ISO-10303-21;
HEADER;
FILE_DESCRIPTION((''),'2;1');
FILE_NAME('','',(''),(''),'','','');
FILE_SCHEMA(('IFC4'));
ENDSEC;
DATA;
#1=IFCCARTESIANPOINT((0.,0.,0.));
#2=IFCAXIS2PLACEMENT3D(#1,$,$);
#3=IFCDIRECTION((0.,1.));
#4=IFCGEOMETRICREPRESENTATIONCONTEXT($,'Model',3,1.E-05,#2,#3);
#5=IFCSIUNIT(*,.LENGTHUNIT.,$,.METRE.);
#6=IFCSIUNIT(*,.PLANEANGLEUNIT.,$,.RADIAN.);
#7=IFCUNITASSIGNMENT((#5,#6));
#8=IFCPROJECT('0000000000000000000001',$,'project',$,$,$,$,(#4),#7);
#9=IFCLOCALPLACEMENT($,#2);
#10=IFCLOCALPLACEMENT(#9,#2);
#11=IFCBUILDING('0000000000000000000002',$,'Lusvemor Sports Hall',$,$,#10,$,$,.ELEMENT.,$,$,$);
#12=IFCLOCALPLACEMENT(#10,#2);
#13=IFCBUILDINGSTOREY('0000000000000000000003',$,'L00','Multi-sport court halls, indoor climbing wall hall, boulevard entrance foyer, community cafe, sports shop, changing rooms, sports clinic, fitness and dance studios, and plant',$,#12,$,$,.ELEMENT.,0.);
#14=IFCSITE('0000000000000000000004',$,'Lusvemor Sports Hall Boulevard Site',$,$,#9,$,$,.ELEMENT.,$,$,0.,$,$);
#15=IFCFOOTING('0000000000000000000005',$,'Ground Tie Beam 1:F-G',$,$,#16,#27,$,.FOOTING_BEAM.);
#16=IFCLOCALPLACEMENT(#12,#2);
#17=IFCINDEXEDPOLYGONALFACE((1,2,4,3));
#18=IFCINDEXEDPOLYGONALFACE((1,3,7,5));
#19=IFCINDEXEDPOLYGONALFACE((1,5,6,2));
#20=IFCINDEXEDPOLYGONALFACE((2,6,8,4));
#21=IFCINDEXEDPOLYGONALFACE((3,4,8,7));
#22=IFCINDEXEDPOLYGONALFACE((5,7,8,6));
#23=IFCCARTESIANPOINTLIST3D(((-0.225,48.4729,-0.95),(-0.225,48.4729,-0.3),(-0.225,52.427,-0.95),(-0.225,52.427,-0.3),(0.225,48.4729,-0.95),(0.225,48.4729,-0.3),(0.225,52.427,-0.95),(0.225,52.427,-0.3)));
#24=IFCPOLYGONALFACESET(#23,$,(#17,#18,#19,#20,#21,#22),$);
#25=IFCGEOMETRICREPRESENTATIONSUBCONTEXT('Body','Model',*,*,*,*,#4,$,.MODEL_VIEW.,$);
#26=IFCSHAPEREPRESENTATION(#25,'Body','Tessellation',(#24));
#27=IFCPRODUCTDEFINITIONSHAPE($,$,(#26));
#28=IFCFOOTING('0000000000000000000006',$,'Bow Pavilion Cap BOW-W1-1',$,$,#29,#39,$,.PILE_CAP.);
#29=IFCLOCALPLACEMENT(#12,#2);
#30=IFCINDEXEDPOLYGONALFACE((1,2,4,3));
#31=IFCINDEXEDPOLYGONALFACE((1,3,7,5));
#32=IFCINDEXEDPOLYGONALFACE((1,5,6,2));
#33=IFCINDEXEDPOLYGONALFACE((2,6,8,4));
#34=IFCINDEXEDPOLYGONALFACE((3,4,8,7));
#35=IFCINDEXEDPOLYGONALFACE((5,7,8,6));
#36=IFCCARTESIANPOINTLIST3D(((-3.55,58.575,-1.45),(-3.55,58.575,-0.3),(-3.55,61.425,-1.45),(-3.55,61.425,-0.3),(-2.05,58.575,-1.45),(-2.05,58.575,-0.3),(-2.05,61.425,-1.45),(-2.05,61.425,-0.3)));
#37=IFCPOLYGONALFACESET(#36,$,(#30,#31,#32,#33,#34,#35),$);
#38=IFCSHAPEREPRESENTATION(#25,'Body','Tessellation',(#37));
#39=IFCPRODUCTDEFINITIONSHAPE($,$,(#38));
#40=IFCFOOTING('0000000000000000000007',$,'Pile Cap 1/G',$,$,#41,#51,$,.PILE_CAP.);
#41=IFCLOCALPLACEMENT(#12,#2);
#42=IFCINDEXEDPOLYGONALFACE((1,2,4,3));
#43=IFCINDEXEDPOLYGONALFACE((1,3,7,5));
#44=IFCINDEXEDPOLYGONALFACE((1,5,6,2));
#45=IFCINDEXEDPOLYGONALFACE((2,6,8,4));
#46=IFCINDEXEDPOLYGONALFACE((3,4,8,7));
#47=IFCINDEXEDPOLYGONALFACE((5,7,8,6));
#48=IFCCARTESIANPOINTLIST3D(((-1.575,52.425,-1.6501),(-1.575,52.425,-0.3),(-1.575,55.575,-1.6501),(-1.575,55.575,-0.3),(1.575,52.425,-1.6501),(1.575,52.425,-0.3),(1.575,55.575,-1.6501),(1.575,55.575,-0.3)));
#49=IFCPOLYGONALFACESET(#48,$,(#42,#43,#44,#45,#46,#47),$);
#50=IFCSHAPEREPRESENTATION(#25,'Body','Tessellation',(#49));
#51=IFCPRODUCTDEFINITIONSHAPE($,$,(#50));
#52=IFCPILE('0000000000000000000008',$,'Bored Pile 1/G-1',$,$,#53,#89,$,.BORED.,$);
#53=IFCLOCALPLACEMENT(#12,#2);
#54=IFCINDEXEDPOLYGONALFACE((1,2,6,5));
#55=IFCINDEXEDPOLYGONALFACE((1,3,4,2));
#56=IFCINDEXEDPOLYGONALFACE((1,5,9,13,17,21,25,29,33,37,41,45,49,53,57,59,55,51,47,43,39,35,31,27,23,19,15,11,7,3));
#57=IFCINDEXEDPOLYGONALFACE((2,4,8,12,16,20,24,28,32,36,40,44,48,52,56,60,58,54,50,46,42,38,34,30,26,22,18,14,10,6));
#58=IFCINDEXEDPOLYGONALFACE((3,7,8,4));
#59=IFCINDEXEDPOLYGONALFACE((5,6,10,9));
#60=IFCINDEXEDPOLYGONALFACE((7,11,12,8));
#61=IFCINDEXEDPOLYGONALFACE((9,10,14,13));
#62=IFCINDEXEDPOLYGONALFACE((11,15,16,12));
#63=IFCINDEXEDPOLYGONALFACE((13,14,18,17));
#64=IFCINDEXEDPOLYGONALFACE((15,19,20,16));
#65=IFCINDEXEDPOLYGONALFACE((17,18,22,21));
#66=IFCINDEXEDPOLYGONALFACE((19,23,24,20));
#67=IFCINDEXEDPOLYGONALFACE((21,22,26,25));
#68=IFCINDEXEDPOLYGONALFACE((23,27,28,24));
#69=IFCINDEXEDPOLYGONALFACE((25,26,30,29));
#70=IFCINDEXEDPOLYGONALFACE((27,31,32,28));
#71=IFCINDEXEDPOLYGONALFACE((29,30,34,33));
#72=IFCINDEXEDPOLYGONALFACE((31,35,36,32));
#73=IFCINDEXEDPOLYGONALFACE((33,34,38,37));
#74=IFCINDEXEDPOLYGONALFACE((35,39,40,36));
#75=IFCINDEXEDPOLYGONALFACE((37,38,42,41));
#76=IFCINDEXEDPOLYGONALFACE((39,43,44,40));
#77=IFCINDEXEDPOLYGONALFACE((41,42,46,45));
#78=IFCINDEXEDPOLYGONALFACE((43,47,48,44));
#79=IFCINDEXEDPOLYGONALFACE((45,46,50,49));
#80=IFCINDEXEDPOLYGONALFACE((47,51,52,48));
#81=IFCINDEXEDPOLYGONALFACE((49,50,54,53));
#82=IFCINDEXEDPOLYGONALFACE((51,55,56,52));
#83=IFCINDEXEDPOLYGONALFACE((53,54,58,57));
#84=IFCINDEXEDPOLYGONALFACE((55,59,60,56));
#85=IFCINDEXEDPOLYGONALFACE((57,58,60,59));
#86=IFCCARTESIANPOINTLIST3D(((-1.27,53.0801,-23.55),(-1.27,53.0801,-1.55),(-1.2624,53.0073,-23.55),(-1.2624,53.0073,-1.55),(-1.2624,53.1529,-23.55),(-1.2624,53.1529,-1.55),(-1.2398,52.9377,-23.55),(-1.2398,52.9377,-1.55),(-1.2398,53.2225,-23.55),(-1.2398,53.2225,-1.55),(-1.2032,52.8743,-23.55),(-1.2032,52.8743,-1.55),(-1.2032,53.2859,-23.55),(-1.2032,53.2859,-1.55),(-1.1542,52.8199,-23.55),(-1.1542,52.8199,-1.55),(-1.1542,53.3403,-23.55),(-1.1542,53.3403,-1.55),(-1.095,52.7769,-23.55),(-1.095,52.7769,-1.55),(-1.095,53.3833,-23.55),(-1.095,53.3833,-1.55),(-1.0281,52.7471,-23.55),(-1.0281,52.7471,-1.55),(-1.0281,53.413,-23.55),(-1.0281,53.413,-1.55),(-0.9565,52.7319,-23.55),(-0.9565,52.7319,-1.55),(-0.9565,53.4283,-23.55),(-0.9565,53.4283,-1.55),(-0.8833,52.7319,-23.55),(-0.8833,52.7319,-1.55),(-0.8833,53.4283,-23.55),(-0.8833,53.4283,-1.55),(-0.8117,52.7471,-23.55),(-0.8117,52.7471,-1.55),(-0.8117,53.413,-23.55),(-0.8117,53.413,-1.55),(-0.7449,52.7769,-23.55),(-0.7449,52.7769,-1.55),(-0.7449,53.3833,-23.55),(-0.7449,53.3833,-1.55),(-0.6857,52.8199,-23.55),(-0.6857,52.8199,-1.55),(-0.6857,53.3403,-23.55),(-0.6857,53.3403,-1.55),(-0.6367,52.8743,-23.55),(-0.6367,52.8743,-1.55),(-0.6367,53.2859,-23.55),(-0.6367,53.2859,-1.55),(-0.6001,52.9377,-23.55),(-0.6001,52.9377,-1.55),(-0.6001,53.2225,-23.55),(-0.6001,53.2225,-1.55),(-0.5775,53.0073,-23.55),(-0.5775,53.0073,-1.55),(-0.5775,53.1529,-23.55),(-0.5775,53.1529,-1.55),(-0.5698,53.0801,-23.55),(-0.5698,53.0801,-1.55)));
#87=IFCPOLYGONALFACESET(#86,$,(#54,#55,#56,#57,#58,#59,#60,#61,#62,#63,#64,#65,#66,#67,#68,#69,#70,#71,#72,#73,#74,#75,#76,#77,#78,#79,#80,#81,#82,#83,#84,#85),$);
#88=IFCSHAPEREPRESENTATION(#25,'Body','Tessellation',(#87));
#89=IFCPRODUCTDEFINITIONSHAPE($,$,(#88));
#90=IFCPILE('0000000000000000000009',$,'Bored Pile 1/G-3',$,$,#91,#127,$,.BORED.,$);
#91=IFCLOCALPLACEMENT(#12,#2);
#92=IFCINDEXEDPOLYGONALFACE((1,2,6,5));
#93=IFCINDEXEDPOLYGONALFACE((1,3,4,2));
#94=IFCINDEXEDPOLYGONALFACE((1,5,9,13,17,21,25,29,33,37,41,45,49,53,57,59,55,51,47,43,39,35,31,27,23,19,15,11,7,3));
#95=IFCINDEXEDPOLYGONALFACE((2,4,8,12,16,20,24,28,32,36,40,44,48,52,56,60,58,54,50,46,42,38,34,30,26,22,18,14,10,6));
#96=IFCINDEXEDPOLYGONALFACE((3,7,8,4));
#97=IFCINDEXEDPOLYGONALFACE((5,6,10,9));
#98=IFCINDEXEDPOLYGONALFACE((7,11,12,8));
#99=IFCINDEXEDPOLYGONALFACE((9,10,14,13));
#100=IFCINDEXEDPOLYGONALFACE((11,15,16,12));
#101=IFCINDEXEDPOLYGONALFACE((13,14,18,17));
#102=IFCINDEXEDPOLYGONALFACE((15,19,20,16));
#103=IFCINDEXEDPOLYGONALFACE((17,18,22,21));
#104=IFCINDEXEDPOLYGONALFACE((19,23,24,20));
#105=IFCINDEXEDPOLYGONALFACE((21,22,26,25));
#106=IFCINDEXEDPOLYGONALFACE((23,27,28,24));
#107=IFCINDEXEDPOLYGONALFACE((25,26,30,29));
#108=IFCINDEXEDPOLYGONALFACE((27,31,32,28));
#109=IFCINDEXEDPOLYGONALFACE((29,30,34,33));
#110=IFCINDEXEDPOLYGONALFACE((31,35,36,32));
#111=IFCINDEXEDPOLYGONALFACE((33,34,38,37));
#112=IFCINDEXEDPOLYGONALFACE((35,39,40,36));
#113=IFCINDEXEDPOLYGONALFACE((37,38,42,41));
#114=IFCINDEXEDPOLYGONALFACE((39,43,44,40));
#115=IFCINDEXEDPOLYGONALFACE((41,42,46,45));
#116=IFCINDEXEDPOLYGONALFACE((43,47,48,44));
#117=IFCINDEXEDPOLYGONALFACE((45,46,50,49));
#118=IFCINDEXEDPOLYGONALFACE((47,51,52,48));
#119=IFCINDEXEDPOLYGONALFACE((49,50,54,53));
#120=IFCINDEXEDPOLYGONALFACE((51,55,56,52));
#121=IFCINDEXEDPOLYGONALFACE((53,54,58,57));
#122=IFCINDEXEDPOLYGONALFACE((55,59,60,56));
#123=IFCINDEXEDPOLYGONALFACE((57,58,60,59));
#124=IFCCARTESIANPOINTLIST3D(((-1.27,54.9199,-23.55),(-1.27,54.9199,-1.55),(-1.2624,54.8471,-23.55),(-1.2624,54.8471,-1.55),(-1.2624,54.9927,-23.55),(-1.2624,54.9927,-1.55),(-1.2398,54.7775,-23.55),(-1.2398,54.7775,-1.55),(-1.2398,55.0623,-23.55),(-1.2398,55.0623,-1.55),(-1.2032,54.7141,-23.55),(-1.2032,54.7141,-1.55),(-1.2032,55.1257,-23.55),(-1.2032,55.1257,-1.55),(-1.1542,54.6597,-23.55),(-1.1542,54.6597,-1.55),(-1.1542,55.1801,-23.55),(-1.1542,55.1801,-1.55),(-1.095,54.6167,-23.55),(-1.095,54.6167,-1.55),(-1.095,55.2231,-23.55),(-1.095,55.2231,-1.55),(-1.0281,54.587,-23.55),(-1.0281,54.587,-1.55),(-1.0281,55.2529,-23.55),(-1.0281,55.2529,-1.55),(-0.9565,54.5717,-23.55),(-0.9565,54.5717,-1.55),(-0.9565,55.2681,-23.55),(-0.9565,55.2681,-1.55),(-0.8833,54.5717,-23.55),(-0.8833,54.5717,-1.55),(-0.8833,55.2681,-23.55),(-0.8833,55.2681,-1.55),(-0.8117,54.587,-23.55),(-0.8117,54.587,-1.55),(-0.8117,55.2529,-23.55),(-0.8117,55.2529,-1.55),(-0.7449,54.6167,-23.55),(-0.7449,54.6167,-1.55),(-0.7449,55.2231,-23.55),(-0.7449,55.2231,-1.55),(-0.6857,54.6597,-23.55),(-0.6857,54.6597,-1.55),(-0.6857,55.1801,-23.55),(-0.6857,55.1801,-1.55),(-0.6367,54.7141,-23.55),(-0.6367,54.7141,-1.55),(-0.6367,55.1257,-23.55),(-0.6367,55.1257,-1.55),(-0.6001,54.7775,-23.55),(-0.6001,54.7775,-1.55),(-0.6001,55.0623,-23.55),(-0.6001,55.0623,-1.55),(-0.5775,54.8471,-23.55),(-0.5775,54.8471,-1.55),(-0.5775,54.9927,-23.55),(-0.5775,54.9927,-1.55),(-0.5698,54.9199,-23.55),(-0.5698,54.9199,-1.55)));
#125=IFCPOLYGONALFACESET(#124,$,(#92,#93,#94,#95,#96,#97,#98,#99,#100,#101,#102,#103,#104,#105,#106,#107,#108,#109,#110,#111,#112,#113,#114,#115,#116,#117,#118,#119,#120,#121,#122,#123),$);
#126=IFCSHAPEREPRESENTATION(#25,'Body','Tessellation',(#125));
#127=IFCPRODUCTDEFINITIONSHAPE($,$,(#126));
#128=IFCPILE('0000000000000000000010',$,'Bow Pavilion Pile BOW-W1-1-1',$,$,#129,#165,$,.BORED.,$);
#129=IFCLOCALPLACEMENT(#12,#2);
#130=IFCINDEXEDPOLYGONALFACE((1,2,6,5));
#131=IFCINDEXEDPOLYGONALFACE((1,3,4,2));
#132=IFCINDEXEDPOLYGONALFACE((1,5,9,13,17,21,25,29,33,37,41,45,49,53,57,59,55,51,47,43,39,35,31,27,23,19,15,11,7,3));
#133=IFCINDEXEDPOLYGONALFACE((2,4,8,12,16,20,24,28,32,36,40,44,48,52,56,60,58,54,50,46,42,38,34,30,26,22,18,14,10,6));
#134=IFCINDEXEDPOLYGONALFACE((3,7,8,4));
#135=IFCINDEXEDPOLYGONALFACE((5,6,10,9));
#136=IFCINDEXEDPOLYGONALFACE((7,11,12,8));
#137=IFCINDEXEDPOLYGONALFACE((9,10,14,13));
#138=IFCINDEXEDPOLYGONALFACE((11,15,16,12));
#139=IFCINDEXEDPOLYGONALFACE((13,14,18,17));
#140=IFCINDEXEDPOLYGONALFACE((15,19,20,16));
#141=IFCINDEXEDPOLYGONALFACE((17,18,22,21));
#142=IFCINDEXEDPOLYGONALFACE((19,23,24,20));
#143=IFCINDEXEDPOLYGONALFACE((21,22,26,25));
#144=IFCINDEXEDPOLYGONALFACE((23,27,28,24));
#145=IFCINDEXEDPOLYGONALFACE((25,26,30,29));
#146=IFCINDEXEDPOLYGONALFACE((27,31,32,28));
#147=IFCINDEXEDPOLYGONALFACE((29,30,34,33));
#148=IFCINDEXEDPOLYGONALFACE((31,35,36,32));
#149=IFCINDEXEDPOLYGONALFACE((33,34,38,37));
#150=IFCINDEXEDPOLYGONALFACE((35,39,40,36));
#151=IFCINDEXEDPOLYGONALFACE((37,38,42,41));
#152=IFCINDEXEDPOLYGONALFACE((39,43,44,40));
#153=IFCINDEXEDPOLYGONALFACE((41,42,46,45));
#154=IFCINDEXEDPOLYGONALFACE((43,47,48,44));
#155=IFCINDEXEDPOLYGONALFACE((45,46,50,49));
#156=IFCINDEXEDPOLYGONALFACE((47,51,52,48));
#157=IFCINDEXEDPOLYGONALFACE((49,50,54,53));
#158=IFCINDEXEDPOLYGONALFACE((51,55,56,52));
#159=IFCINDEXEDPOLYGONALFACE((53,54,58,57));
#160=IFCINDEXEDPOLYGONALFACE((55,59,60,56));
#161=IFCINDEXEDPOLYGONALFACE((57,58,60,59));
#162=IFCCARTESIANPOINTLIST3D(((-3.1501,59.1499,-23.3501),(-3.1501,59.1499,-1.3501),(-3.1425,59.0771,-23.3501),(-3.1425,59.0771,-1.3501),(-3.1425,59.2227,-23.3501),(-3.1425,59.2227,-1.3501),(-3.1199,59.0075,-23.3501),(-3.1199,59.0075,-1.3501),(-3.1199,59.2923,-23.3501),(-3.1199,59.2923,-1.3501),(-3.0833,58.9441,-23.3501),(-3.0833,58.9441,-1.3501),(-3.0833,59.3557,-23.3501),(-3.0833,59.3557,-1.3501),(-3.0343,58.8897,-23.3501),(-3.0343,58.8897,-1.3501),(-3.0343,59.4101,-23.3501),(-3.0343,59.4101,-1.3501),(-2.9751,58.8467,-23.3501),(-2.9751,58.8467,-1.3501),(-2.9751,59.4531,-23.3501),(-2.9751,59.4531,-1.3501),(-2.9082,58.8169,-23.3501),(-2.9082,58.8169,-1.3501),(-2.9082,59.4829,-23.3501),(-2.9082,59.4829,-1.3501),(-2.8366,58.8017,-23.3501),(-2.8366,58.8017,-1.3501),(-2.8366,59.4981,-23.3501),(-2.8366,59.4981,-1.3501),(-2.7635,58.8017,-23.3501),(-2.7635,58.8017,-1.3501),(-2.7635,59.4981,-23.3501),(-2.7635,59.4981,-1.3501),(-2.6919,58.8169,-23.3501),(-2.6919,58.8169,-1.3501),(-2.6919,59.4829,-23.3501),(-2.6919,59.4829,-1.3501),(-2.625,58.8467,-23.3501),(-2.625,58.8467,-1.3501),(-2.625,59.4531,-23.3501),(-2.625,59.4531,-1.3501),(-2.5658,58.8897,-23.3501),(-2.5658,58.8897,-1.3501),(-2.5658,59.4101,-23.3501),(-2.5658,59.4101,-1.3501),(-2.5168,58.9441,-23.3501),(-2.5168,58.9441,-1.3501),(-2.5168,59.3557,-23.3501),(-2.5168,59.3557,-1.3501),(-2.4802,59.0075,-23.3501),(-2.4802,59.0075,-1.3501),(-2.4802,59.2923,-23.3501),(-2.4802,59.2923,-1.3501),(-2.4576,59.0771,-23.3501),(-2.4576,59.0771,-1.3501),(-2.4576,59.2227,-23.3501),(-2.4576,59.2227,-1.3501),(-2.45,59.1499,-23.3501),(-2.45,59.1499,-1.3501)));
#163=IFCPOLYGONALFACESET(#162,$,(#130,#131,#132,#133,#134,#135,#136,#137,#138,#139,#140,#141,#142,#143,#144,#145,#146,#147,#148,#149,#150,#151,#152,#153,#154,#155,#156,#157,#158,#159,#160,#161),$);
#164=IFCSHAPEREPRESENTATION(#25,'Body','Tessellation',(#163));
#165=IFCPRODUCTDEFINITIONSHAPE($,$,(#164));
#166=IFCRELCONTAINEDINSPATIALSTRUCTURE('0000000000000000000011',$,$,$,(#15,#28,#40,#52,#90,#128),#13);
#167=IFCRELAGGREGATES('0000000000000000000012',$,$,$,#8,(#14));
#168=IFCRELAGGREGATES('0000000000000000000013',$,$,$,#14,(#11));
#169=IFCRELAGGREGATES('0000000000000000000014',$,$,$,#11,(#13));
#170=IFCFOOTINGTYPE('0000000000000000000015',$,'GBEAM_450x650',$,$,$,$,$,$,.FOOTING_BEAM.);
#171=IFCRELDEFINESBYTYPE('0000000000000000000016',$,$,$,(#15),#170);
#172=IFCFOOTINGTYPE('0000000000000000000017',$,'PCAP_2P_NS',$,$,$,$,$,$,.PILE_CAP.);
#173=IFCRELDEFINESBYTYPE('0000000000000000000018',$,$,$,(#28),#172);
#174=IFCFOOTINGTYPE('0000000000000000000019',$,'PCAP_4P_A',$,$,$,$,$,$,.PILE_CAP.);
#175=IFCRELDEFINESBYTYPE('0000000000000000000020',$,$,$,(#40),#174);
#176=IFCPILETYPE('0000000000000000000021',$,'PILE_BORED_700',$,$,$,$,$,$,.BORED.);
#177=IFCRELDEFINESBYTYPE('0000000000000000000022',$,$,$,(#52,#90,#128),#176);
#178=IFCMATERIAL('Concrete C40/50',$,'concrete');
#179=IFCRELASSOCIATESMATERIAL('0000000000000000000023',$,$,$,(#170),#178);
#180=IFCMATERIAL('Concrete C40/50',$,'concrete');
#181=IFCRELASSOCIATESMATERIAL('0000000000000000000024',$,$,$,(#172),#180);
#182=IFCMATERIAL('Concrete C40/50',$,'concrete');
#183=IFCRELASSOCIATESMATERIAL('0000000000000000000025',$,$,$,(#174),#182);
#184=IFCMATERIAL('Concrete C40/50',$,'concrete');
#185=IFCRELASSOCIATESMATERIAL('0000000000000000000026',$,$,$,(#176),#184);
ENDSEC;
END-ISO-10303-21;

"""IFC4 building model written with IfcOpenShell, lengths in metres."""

from ifc_helpers import new_model, si_unit, direction, frame, origin, origin_2d, place, context, subcontext, project, spatial, rectangle, circle, extrude, material, material_profile, profile_set, type_object, element, save


model = new_model("IFC4")

# Units and contexts
model_context = context("Model", 3, precision=1e-05, world=origin(), true_north=direction((0.0, 1.0)))
body_context = subcontext(model_context, "Body", "Model", "MODEL_VIEW")
ifc_project = project(units=[si_unit("LENGTHUNIT", "METRE"), si_unit("PLANEANGLEUNIT", "RADIAN")], contexts=[model_context])

# Site, building, storey
site_placement = place(None, origin())
site = spatial("IfcSite", under=ifc_project, at=site_placement, Name="Lusvemor Sports Hall Boulevard Site", CompositionType="ELEMENT", RefElevation=0.0)
building_placement = place(site_placement, origin())
building = spatial("IfcBuilding", under=site, at=building_placement, Name="Lusvemor Sports Hall", CompositionType="ELEMENT")
storey_placement = place(building_placement, origin())
storey = spatial("IfcBuildingStorey", under=building, at=storey_placement, Name="L00", Description="Multi-sport court halls, indoor climbing wall hall, boulevard entrance foyer, community cafe, sports shop, changing rooms, sports clinic, fitness and dance studios, and plant", CompositionType="ELEMENT", Elevation=0.0)

# Footings
ifc_material_1 = material(Name="Concrete C40/50", Category="concrete")
ifc_material_profile_1 = material_profile(ifc_material_1, rectangle(XDim=0.45, YDim=0.6499, at=origin_2d()), Name="GB_450x650")
ifc_profile_set_1 = profile_set([ifc_material_profile_1], Name="Concrete C40/50")
footing_type_1 = type_object("IfcFootingType", Name="GBEAM_450x650", PredefinedType="FOOTING_BEAM", material=ifc_profile_set_1)
footing_1_placement = place(storey_placement, frame((0.0, 48.4729, -0.625), z_axis=(0.0, 1.0, 0.0), x_axis=(-1.0, 0.0, 0.0)))
element("IfcFooting", 1, at=footing_1_placement, inside=storey, type_object=footing_type_1, Name="Ground Tie Beam 1:F-G", PredefinedType="FOOTING_BEAM", context=body_context, shape_type="SweptSolid", body=[
    extrude(rectangle(XDim=0.45, YDim=0.6499, at=origin_2d()), origin(), (0.0, 0.0, 1.0), 3.9541),
])
ifc_material_2 = material(Name="Concrete C40/50", Category="concrete")
footing_type_2 = type_object("IfcFootingType", Name="PCAP_2P_NS", PredefinedType="PILE_CAP", material=ifc_material_2)
footing_2_placement = place(storey_placement, frame((-2.8, 60.0, -1.45), z_axis=(0.0, 0.0, 1.0), x_axis=(1.0, 0.0, 0.0)))
element("IfcFooting", 2, at=footing_2_placement, inside=storey, type_object=footing_type_2, Name="Bow Pavilion Cap BOW-W1-1", PredefinedType="PILE_CAP", context=body_context, shape_type="SweptSolid", body=[
    extrude(rectangle(XDim=1.5, YDim=2.8501, at=origin_2d()), origin(), (0.0, 0.0, 1.0), 1.1499),
])
ifc_material_3 = material(Name="Concrete C40/50", Category="concrete")
footing_type_3 = type_object("IfcFootingType", Name="PCAP_4P_A", PredefinedType="PILE_CAP", material=ifc_material_3)
footing_3_placement = place(storey_placement, frame((0.0, 54.0, -1.6501), z_axis=(0.0, 0.0, 1.0), x_axis=(1.0, 0.0, 0.0)))
element("IfcFooting", 3, at=footing_3_placement, inside=storey, type_object=footing_type_3, Name="Pile Cap 1/G", PredefinedType="PILE_CAP", context=body_context, shape_type="SweptSolid", body=[
    extrude(rectangle(XDim=3.1499, YDim=3.1499, at=origin_2d()), origin(), (0.0, 0.0, 1.0), 1.3501),
])

# Piles
ifc_material_4 = material(Name="Concrete C40/50", Category="concrete")
ifc_material_profile_2 = material_profile(ifc_material_4, circle(Radius=0.3501, at=origin_2d()), Name="PILE700")
ifc_profile_set_2 = profile_set([ifc_material_profile_2], Name="Concrete C40/50")
pile_type = type_object("IfcPileType", Name="PILE_BORED_700", PredefinedType="BORED", material=ifc_profile_set_2)
for number, where, z_axis, x_axis, name in (
    (4, (-0.9199, 53.0801, -1.55), (0.0, 0.0, -1.0), (1.0, 0.0, 0.0), "Bored Pile 1/G-1"),
    (5, (-0.9199, 54.9199, -1.55), (0.0, 0.0, -1.0), (1.0, 0.0, 0.0), "Bored Pile 1/G-3"),
    (6, (-2.8, 59.1499, -1.3501), (0.0, 0.0, -1.0), (1.0, 0.0, 0.0), "Bow Pavilion Pile BOW-W1-1-1"),
):
    element("IfcPile", number, at=place(storey_placement, frame(where, z_axis=z_axis, x_axis=x_axis)), inside=storey, type_object=pile_type, Name=name, PredefinedType="BORED", context=body_context, shape_type="SweptSolid", body=[
        extrude(circle(Radius=0.3501, at=origin_2d()), origin(), (0.0, 0.0, 1.0), 22.0),
    ])

save(model, "model.ifc")
